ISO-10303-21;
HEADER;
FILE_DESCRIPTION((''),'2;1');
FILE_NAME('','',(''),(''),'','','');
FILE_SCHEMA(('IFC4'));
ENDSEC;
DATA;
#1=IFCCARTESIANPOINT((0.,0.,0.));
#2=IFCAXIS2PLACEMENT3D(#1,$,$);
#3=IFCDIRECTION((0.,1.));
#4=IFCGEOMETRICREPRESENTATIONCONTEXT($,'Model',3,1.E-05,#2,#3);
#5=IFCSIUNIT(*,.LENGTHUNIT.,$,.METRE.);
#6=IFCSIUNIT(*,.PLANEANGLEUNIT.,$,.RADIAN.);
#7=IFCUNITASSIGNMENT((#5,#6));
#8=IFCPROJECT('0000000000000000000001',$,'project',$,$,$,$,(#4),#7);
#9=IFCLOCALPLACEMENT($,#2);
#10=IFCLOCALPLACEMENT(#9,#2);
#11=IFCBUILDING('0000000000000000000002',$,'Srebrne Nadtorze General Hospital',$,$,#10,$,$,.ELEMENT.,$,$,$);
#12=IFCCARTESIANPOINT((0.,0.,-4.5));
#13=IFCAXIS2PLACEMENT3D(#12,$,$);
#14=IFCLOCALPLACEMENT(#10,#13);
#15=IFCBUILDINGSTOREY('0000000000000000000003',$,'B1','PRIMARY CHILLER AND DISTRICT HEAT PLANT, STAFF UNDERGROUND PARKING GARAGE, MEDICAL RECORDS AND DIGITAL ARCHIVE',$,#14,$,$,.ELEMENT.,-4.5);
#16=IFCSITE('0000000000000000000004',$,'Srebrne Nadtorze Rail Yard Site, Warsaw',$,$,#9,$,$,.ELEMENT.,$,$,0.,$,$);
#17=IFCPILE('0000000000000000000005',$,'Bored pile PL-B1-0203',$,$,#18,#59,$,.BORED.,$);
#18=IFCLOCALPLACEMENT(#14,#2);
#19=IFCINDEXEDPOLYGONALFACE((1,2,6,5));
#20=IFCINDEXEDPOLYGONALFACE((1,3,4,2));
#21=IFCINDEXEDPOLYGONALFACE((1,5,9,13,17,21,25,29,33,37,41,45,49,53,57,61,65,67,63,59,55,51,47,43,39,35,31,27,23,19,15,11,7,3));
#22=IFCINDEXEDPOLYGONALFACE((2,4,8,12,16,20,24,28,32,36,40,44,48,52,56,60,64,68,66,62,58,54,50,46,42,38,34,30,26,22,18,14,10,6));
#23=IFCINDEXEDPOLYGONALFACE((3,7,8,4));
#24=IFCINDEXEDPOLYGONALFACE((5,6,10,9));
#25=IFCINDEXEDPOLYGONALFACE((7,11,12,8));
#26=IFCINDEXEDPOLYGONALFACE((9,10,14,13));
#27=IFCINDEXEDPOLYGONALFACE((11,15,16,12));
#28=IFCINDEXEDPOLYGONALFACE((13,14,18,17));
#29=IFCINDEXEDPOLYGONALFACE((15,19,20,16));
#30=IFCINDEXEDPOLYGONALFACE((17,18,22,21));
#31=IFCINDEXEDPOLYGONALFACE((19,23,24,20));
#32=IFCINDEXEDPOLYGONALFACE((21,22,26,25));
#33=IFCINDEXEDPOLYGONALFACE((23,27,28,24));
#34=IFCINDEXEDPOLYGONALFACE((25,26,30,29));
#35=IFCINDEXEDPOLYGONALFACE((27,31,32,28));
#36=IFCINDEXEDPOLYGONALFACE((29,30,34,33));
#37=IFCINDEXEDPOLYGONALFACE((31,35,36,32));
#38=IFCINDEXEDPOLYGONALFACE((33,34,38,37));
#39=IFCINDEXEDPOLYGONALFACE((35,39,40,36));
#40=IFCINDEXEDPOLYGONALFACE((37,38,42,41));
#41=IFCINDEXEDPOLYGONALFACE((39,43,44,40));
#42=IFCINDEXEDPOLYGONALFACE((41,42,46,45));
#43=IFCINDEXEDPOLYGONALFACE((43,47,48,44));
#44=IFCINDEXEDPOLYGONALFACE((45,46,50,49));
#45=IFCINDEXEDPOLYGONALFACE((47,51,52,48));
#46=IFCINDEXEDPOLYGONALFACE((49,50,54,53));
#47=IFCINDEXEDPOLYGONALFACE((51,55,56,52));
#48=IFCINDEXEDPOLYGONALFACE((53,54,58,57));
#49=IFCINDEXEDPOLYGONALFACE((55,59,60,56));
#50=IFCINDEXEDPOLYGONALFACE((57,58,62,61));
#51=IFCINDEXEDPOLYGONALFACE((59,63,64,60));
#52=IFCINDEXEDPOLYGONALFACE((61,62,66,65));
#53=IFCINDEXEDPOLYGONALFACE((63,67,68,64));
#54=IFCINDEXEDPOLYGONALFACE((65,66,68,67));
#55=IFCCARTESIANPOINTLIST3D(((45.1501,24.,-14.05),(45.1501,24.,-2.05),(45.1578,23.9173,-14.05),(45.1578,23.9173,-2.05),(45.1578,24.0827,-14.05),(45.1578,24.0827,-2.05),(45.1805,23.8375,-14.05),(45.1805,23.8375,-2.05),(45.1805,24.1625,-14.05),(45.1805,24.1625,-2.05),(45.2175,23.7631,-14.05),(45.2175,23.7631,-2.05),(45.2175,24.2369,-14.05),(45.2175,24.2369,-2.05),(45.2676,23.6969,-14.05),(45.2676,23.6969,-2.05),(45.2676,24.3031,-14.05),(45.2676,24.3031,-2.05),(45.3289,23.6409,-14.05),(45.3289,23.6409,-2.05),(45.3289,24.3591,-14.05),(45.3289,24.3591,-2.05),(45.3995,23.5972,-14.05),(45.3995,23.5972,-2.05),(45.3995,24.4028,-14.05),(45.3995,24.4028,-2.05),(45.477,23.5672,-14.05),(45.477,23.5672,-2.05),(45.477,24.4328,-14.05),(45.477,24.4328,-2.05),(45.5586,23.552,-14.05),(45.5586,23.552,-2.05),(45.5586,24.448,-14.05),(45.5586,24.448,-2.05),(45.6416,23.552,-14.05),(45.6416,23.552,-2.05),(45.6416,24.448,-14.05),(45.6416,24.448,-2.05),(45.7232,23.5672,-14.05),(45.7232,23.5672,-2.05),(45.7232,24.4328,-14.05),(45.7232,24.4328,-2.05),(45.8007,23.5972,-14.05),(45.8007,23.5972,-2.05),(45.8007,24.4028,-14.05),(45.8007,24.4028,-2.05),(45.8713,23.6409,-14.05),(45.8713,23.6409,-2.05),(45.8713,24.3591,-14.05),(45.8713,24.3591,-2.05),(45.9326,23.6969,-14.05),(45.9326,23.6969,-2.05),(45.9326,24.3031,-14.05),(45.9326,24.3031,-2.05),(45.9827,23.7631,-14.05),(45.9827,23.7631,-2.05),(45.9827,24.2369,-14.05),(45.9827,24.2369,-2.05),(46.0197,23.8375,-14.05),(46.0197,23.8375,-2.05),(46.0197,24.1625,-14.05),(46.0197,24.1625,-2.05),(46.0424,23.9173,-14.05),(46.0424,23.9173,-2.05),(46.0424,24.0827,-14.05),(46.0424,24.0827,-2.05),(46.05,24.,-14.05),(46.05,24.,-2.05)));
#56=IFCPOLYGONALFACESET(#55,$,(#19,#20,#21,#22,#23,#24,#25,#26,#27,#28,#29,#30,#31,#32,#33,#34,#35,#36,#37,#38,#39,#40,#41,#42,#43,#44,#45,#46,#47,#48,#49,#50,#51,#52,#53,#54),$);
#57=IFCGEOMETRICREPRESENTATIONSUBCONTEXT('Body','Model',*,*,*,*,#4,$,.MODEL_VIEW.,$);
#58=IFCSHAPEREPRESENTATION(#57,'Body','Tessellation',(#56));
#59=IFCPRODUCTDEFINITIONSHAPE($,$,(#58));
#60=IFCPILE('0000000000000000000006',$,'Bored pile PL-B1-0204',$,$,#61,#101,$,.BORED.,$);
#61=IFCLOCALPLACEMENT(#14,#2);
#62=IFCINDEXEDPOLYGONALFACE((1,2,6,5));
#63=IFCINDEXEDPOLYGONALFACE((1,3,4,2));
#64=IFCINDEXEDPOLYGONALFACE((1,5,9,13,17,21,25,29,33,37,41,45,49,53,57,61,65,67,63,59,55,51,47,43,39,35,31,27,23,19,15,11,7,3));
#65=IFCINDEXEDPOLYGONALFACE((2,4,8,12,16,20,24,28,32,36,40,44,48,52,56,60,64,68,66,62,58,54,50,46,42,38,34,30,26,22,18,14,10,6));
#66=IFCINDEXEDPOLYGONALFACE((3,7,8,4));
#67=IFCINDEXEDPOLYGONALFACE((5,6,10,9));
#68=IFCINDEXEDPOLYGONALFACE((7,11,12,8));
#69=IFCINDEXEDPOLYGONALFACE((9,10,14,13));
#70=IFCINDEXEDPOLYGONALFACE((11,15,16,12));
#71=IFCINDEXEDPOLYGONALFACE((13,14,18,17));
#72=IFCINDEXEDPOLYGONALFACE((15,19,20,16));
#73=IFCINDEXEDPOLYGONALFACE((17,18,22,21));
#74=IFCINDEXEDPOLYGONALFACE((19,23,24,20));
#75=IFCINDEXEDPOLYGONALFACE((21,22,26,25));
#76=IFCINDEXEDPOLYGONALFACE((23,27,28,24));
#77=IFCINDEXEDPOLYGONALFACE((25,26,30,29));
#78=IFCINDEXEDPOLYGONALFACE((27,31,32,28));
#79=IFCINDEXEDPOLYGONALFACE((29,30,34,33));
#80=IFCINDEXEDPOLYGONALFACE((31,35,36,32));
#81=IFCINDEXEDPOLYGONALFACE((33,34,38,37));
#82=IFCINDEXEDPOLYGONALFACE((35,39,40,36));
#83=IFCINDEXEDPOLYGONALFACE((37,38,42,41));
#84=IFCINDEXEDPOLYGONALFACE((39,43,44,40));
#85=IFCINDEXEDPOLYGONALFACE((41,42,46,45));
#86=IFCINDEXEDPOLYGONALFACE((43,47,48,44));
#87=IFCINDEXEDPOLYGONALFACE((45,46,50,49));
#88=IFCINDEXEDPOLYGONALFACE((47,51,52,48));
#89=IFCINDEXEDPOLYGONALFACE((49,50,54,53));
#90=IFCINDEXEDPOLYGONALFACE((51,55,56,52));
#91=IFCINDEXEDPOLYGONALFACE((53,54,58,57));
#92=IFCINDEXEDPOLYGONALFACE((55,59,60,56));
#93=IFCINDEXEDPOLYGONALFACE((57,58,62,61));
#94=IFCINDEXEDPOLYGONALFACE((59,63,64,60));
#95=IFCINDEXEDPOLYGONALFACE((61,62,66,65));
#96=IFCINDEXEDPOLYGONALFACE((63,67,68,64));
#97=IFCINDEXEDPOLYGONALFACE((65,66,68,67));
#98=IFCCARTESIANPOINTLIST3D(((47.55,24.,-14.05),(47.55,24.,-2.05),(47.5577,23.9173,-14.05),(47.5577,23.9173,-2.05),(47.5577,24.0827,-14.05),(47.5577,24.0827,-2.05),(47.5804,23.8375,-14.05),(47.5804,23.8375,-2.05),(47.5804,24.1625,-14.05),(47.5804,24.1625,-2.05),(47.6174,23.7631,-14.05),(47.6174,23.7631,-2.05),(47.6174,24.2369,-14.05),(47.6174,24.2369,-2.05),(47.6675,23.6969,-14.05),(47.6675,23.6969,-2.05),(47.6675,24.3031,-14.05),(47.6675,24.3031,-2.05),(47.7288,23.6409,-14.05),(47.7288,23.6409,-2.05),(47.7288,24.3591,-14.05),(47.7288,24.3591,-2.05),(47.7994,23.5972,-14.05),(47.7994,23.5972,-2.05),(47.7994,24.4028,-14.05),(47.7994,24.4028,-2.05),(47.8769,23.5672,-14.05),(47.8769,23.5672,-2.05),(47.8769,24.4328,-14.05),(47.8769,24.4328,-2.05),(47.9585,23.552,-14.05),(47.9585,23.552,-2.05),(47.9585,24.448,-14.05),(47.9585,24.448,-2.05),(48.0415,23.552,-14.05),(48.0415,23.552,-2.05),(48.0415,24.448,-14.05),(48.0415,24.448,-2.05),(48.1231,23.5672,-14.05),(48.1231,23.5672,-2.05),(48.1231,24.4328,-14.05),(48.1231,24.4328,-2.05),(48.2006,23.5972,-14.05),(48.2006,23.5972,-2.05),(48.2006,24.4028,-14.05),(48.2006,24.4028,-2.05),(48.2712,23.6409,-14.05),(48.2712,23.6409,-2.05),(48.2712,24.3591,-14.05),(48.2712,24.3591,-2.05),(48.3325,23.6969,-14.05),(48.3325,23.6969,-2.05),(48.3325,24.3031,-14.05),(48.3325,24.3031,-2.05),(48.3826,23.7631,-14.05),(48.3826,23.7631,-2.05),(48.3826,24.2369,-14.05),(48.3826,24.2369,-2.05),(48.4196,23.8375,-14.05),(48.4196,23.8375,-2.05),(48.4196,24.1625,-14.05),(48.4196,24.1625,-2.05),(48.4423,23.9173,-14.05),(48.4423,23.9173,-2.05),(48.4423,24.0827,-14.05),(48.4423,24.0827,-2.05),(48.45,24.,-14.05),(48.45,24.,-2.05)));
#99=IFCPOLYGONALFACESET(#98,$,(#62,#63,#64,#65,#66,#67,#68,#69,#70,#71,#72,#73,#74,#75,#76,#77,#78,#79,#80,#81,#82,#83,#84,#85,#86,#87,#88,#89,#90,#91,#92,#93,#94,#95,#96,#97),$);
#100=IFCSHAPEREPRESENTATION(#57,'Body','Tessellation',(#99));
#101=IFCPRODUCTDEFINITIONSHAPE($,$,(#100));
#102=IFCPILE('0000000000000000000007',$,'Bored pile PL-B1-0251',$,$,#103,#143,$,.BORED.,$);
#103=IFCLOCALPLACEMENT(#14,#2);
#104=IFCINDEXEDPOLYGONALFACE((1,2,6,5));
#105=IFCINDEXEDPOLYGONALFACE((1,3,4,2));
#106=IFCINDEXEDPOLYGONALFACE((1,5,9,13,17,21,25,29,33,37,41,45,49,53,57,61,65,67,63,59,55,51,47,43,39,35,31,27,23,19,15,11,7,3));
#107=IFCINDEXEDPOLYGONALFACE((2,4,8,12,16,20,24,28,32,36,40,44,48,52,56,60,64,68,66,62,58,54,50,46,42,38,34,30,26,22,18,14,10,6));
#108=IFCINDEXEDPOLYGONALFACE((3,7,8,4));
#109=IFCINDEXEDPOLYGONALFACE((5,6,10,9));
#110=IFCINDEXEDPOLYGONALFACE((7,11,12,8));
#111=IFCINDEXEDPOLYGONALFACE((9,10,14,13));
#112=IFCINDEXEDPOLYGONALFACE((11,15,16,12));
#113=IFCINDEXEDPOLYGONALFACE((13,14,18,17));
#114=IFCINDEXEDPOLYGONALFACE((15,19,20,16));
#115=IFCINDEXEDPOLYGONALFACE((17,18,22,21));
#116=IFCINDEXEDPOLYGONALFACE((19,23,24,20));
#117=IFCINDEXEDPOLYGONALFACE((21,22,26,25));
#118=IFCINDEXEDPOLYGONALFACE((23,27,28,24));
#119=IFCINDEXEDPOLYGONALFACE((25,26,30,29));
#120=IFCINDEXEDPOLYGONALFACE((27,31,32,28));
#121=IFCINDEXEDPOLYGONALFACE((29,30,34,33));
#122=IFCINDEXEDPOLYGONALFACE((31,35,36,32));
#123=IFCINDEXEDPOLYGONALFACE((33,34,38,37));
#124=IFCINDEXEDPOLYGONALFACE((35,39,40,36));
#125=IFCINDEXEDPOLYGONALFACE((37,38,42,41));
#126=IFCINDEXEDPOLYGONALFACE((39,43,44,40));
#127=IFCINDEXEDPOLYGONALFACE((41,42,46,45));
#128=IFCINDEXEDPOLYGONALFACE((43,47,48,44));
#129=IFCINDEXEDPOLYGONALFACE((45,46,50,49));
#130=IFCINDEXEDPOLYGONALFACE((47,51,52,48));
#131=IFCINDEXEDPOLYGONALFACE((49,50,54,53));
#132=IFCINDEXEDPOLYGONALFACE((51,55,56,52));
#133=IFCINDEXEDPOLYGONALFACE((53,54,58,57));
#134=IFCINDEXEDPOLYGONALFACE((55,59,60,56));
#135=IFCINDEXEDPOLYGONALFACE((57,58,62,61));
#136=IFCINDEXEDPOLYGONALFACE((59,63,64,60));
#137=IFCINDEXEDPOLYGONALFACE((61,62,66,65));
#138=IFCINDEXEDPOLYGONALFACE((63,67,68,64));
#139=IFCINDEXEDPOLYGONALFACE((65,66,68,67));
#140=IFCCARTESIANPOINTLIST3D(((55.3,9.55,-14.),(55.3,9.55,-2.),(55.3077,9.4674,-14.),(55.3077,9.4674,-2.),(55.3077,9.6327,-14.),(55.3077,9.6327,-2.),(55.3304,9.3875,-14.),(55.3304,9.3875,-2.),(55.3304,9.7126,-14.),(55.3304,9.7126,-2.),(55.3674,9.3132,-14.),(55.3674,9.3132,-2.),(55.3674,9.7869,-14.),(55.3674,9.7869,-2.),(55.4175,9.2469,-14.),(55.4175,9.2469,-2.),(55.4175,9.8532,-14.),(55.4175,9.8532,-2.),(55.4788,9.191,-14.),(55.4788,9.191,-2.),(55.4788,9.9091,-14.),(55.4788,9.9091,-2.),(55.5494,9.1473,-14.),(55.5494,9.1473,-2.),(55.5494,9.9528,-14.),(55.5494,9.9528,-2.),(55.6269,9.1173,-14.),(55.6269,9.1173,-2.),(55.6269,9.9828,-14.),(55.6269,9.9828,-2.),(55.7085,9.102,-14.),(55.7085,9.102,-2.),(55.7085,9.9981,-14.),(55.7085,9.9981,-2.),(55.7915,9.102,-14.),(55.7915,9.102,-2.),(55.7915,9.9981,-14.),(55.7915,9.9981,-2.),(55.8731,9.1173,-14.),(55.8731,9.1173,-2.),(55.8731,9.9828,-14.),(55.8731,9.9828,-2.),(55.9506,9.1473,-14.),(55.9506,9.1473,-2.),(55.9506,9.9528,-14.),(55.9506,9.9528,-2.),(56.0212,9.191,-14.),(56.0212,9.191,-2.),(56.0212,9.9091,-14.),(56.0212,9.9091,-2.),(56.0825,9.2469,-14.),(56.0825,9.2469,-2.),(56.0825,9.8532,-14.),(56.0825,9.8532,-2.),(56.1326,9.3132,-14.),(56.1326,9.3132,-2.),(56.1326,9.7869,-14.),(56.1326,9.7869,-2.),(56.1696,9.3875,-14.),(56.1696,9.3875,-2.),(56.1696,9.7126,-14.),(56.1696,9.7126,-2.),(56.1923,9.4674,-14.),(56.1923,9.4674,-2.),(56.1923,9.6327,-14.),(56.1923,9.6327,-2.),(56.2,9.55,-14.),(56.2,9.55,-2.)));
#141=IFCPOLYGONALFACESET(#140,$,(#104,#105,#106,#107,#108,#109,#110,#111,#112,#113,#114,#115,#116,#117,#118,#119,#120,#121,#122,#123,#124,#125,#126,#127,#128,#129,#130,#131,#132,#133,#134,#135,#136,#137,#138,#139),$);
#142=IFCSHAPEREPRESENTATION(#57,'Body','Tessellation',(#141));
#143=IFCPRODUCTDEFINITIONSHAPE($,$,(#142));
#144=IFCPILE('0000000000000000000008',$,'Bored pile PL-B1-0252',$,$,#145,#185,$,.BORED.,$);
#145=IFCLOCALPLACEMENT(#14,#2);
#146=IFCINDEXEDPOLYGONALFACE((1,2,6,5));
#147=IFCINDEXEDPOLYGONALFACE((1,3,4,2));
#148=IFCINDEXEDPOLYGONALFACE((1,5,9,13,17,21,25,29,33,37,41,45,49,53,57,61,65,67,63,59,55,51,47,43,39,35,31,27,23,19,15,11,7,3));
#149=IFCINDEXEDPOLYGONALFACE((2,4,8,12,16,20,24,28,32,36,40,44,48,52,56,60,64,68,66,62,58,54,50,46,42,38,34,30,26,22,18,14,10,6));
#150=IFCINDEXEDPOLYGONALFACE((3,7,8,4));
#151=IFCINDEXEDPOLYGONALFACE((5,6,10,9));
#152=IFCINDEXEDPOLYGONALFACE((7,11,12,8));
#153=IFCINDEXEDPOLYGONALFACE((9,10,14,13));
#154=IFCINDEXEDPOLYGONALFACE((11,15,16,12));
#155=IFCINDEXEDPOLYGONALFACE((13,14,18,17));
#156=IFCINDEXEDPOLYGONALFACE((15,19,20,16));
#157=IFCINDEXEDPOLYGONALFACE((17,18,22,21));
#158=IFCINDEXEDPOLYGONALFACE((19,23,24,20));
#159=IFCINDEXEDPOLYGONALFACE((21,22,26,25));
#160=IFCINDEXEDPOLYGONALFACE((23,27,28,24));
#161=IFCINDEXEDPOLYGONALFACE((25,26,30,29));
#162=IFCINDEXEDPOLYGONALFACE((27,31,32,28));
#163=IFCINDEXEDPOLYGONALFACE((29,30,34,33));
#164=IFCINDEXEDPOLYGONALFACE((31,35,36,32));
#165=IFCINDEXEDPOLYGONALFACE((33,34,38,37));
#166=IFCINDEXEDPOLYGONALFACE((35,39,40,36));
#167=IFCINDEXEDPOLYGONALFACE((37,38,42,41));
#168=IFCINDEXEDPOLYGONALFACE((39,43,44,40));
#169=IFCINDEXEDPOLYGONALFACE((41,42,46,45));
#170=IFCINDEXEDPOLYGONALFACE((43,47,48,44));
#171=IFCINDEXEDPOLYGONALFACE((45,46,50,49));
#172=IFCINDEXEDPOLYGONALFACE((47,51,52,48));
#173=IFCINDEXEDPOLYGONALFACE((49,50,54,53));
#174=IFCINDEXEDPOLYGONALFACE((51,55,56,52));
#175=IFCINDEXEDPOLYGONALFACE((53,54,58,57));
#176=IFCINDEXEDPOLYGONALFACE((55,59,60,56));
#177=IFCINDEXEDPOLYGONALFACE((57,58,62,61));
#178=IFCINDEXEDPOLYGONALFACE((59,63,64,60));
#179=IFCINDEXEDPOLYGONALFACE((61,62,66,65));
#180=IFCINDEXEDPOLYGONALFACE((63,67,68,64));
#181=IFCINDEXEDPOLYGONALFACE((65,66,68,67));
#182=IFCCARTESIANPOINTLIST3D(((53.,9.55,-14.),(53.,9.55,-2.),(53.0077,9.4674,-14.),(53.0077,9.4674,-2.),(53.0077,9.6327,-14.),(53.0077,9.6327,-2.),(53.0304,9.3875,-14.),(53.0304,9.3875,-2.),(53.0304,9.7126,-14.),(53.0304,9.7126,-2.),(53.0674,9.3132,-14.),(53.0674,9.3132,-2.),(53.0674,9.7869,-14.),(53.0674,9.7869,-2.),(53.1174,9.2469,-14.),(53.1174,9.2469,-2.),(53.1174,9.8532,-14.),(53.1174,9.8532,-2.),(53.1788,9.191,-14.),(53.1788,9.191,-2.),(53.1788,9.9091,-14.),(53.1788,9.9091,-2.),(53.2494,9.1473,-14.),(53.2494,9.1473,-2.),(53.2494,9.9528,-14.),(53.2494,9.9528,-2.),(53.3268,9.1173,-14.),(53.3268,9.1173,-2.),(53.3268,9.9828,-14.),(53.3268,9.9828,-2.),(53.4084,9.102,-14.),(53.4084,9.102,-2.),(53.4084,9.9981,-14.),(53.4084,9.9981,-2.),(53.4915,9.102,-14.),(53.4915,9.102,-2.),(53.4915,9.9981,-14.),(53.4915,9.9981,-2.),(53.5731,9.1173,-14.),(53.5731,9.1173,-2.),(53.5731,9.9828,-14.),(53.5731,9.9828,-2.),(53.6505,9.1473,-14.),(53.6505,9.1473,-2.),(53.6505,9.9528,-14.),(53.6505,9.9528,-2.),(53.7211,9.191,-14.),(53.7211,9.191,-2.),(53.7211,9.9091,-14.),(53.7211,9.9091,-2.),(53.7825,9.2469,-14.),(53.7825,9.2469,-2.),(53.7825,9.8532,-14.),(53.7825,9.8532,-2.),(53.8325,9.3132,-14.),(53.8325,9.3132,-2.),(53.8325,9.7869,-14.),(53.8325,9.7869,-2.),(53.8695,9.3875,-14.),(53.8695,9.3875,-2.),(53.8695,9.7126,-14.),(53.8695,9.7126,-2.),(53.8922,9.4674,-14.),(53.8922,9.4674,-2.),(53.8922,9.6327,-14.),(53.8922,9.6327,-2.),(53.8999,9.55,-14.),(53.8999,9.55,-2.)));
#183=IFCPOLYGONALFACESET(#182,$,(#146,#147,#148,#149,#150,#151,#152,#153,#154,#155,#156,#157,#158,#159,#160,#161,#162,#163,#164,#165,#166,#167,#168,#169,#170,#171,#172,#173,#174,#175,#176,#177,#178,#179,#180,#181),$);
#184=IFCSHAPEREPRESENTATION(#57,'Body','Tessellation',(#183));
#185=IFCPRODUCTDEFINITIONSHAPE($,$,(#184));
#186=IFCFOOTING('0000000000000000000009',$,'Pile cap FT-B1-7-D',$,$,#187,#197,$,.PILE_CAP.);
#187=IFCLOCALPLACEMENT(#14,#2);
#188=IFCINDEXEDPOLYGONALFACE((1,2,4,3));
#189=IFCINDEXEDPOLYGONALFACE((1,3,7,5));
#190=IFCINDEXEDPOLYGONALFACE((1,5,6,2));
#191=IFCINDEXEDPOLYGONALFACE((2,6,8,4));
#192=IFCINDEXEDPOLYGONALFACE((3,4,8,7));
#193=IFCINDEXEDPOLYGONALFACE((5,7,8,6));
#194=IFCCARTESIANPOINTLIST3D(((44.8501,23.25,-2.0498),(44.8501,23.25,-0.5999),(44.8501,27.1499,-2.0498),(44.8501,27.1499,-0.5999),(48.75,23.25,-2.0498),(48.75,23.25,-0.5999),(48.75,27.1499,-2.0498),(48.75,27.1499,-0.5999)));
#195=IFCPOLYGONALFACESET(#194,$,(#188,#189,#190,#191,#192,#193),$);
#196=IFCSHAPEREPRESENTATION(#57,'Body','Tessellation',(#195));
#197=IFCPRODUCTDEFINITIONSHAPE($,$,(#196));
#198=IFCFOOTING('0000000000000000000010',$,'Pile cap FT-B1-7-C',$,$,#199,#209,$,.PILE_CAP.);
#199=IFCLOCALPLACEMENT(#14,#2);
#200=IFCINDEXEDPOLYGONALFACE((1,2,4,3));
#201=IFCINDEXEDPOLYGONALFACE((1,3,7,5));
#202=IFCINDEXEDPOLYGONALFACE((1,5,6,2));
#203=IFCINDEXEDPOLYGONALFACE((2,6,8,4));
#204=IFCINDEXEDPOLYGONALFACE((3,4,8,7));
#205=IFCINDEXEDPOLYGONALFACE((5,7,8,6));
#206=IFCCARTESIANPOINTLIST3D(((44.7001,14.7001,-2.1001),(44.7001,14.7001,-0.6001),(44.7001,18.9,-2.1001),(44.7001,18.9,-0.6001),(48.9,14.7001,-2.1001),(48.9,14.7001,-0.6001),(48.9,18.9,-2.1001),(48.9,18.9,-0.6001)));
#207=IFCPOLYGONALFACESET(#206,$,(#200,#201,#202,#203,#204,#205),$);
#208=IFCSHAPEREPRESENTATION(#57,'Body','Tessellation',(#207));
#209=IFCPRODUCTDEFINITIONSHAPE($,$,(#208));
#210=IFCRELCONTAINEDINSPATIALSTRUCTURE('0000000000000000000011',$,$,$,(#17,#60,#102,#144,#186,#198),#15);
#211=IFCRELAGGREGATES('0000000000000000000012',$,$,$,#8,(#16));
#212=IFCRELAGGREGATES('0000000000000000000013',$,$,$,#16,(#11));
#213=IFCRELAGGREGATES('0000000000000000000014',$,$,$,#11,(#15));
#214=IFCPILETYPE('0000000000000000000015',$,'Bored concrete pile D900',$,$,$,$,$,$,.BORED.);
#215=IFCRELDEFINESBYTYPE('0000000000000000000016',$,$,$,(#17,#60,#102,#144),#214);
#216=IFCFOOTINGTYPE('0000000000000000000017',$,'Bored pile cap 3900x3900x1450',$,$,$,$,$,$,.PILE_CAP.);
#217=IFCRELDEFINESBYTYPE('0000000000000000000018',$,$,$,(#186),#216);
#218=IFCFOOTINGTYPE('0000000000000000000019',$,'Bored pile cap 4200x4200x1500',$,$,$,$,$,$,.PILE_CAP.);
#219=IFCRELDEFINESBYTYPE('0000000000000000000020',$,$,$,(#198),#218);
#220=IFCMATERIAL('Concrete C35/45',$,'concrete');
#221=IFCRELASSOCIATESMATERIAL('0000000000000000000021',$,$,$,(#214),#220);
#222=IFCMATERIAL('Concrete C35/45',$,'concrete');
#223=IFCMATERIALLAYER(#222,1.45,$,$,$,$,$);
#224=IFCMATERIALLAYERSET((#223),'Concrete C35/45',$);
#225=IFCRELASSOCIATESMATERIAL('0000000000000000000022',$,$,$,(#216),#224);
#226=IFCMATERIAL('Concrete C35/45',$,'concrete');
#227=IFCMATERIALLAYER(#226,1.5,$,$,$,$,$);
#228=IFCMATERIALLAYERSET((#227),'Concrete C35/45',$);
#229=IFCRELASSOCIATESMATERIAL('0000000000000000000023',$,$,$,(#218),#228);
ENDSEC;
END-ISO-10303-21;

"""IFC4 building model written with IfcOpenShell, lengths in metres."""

from ifc_helpers import new_model, si_unit, direction, frame, origin, origin_2d, place, context, subcontext, project, spatial, rectangle, circle, extrude, material, layer, layer_set, material_profile, profile_set, type_object, element, save


model = new_model("IFC4")

# Units and contexts
model_context = context("Model", 3, precision=1e-05, world=origin(), true_north=direction((0.0, 1.0)))
body_context = subcontext(model_context, "Body", "Model", "MODEL_VIEW")
ifc_project = project(units=[si_unit("LENGTHUNIT", "METRE"), si_unit("PLANEANGLEUNIT", "RADIAN")], contexts=[model_context])

# Site, building, storey
site_placement = place(None, origin())
site = spatial("IfcSite", under=ifc_project, at=site_placement, Name="Srebrne Nadtorze Rail Yard Site, Warsaw", CompositionType="ELEMENT", RefElevation=0.0)
building_placement = place(site_placement, origin())
building = spatial("IfcBuilding", under=site, at=building_placement, Name="Srebrne Nadtorze General Hospital", CompositionType="ELEMENT")
storey_placement = place(building_placement, frame((0.0, 0.0, -4.5)))
storey = spatial("IfcBuildingStorey", under=building, at=storey_placement, Name="B1", Description="PRIMARY CHILLER AND DISTRICT HEAT PLANT, STAFF UNDERGROUND PARKING GARAGE, MEDICAL RECORDS AND DIGITAL ARCHIVE", CompositionType="ELEMENT", Elevation=-4.5)

# Piles
ifc_material_1 = material(Name="Concrete C35/45", Category="concrete")
ifc_material_profile_1 = material_profile(ifc_material_1, circle(Radius=0.45, at=origin_2d()), Name="PILE-D900")
ifc_profile_set_1 = profile_set([ifc_material_profile_1], Name="Concrete C35/45")
pile_type_1 = type_object("IfcPileType", Name="Bored concrete pile D900", PredefinedType="BORED", material=ifc_profile_set_1)
for number, where, z_axis, x_axis, name in (
    (1, (45.6001, 24.0, -2.05), (0.0, 0.0, -1.0), (1.0, 0.0, 0.0), "Bored pile PL-B1-0203"),
    (2, (48.0, 24.0, -2.05), (0.0, 0.0, -1.0), (1.0, 0.0, 0.0), "Bored pile PL-B1-0204"),
    (3, (55.75, 9.55, -2.0), (0.0, 0.0, -1.0), (1.0, 0.0, 0.0), "Bored pile PL-B1-0251"),
    (4, (53.45, 9.55, -2.0), (0.0, 0.0, -1.0), (1.0, 0.0, 0.0), "Bored pile PL-B1-0252"),
):
    element("IfcPile", number, at=place(storey_placement, frame(where, z_axis=z_axis, x_axis=x_axis)), inside=storey, type_object=pile_type_1, Name=name, PredefinedType="BORED", context=body_context, shape_type="SweptSolid", body=[
        extrude(circle(Radius=0.45, at=origin_2d()), origin(), (0.0, 0.0, 1.0), 12.0),
    ])

# Footings
ifc_material_2 = material(Name="Concrete C35/45", Category="concrete")
ifc_layer_1 = layer(ifc_material_2, 1.45)
ifc_layer_set_1 = layer_set([ifc_layer_1], Name="Concrete C35/45")
footing_type_1 = type_object("IfcFootingType", Name="Bored pile cap 3900x3900x1450", PredefinedType="PILE_CAP", material=ifc_layer_set_1)
footing_1_placement = place(storey_placement, frame((46.8, 25.2, -2.0498), z_axis=(0.0, 0.0, 1.0), x_axis=(1.0, 0.0, 0.0)))
element("IfcFooting", 5, at=footing_1_placement, inside=storey, type_object=footing_type_1, Name="Pile cap FT-B1-7-D", PredefinedType="PILE_CAP", context=body_context, shape_type="SweptSolid", body=[
    extrude(rectangle(XDim=3.8999, YDim=3.8999, at=origin_2d()), origin(), (0.0, 0.0, 1.0), 1.45),
])
ifc_material_3 = material(Name="Concrete C35/45", Category="concrete")
ifc_layer_2 = layer(ifc_material_3, 1.5)
ifc_layer_set_2 = layer_set([ifc_layer_2], Name="Concrete C35/45")
footing_type_2 = type_object("IfcFootingType", Name="Bored pile cap 4200x4200x1500", PredefinedType="PILE_CAP", material=ifc_layer_set_2)
footing_2_placement = place(storey_placement, frame((46.8, 16.8, -2.1001), z_axis=(0.0, 0.0, 1.0), x_axis=(1.0, 0.0, 0.0)))
element("IfcFooting", 6, at=footing_2_placement, inside=storey, type_object=footing_type_2, Name="Pile cap FT-B1-7-C", PredefinedType="PILE_CAP", context=body_context, shape_type="SweptSolid", body=[
    extrude(rectangle(XDim=4.2, YDim=4.2, at=origin_2d()), origin(), (0.0, 0.0, 1.0), 1.5),
])

save(model, "model.ifc")
